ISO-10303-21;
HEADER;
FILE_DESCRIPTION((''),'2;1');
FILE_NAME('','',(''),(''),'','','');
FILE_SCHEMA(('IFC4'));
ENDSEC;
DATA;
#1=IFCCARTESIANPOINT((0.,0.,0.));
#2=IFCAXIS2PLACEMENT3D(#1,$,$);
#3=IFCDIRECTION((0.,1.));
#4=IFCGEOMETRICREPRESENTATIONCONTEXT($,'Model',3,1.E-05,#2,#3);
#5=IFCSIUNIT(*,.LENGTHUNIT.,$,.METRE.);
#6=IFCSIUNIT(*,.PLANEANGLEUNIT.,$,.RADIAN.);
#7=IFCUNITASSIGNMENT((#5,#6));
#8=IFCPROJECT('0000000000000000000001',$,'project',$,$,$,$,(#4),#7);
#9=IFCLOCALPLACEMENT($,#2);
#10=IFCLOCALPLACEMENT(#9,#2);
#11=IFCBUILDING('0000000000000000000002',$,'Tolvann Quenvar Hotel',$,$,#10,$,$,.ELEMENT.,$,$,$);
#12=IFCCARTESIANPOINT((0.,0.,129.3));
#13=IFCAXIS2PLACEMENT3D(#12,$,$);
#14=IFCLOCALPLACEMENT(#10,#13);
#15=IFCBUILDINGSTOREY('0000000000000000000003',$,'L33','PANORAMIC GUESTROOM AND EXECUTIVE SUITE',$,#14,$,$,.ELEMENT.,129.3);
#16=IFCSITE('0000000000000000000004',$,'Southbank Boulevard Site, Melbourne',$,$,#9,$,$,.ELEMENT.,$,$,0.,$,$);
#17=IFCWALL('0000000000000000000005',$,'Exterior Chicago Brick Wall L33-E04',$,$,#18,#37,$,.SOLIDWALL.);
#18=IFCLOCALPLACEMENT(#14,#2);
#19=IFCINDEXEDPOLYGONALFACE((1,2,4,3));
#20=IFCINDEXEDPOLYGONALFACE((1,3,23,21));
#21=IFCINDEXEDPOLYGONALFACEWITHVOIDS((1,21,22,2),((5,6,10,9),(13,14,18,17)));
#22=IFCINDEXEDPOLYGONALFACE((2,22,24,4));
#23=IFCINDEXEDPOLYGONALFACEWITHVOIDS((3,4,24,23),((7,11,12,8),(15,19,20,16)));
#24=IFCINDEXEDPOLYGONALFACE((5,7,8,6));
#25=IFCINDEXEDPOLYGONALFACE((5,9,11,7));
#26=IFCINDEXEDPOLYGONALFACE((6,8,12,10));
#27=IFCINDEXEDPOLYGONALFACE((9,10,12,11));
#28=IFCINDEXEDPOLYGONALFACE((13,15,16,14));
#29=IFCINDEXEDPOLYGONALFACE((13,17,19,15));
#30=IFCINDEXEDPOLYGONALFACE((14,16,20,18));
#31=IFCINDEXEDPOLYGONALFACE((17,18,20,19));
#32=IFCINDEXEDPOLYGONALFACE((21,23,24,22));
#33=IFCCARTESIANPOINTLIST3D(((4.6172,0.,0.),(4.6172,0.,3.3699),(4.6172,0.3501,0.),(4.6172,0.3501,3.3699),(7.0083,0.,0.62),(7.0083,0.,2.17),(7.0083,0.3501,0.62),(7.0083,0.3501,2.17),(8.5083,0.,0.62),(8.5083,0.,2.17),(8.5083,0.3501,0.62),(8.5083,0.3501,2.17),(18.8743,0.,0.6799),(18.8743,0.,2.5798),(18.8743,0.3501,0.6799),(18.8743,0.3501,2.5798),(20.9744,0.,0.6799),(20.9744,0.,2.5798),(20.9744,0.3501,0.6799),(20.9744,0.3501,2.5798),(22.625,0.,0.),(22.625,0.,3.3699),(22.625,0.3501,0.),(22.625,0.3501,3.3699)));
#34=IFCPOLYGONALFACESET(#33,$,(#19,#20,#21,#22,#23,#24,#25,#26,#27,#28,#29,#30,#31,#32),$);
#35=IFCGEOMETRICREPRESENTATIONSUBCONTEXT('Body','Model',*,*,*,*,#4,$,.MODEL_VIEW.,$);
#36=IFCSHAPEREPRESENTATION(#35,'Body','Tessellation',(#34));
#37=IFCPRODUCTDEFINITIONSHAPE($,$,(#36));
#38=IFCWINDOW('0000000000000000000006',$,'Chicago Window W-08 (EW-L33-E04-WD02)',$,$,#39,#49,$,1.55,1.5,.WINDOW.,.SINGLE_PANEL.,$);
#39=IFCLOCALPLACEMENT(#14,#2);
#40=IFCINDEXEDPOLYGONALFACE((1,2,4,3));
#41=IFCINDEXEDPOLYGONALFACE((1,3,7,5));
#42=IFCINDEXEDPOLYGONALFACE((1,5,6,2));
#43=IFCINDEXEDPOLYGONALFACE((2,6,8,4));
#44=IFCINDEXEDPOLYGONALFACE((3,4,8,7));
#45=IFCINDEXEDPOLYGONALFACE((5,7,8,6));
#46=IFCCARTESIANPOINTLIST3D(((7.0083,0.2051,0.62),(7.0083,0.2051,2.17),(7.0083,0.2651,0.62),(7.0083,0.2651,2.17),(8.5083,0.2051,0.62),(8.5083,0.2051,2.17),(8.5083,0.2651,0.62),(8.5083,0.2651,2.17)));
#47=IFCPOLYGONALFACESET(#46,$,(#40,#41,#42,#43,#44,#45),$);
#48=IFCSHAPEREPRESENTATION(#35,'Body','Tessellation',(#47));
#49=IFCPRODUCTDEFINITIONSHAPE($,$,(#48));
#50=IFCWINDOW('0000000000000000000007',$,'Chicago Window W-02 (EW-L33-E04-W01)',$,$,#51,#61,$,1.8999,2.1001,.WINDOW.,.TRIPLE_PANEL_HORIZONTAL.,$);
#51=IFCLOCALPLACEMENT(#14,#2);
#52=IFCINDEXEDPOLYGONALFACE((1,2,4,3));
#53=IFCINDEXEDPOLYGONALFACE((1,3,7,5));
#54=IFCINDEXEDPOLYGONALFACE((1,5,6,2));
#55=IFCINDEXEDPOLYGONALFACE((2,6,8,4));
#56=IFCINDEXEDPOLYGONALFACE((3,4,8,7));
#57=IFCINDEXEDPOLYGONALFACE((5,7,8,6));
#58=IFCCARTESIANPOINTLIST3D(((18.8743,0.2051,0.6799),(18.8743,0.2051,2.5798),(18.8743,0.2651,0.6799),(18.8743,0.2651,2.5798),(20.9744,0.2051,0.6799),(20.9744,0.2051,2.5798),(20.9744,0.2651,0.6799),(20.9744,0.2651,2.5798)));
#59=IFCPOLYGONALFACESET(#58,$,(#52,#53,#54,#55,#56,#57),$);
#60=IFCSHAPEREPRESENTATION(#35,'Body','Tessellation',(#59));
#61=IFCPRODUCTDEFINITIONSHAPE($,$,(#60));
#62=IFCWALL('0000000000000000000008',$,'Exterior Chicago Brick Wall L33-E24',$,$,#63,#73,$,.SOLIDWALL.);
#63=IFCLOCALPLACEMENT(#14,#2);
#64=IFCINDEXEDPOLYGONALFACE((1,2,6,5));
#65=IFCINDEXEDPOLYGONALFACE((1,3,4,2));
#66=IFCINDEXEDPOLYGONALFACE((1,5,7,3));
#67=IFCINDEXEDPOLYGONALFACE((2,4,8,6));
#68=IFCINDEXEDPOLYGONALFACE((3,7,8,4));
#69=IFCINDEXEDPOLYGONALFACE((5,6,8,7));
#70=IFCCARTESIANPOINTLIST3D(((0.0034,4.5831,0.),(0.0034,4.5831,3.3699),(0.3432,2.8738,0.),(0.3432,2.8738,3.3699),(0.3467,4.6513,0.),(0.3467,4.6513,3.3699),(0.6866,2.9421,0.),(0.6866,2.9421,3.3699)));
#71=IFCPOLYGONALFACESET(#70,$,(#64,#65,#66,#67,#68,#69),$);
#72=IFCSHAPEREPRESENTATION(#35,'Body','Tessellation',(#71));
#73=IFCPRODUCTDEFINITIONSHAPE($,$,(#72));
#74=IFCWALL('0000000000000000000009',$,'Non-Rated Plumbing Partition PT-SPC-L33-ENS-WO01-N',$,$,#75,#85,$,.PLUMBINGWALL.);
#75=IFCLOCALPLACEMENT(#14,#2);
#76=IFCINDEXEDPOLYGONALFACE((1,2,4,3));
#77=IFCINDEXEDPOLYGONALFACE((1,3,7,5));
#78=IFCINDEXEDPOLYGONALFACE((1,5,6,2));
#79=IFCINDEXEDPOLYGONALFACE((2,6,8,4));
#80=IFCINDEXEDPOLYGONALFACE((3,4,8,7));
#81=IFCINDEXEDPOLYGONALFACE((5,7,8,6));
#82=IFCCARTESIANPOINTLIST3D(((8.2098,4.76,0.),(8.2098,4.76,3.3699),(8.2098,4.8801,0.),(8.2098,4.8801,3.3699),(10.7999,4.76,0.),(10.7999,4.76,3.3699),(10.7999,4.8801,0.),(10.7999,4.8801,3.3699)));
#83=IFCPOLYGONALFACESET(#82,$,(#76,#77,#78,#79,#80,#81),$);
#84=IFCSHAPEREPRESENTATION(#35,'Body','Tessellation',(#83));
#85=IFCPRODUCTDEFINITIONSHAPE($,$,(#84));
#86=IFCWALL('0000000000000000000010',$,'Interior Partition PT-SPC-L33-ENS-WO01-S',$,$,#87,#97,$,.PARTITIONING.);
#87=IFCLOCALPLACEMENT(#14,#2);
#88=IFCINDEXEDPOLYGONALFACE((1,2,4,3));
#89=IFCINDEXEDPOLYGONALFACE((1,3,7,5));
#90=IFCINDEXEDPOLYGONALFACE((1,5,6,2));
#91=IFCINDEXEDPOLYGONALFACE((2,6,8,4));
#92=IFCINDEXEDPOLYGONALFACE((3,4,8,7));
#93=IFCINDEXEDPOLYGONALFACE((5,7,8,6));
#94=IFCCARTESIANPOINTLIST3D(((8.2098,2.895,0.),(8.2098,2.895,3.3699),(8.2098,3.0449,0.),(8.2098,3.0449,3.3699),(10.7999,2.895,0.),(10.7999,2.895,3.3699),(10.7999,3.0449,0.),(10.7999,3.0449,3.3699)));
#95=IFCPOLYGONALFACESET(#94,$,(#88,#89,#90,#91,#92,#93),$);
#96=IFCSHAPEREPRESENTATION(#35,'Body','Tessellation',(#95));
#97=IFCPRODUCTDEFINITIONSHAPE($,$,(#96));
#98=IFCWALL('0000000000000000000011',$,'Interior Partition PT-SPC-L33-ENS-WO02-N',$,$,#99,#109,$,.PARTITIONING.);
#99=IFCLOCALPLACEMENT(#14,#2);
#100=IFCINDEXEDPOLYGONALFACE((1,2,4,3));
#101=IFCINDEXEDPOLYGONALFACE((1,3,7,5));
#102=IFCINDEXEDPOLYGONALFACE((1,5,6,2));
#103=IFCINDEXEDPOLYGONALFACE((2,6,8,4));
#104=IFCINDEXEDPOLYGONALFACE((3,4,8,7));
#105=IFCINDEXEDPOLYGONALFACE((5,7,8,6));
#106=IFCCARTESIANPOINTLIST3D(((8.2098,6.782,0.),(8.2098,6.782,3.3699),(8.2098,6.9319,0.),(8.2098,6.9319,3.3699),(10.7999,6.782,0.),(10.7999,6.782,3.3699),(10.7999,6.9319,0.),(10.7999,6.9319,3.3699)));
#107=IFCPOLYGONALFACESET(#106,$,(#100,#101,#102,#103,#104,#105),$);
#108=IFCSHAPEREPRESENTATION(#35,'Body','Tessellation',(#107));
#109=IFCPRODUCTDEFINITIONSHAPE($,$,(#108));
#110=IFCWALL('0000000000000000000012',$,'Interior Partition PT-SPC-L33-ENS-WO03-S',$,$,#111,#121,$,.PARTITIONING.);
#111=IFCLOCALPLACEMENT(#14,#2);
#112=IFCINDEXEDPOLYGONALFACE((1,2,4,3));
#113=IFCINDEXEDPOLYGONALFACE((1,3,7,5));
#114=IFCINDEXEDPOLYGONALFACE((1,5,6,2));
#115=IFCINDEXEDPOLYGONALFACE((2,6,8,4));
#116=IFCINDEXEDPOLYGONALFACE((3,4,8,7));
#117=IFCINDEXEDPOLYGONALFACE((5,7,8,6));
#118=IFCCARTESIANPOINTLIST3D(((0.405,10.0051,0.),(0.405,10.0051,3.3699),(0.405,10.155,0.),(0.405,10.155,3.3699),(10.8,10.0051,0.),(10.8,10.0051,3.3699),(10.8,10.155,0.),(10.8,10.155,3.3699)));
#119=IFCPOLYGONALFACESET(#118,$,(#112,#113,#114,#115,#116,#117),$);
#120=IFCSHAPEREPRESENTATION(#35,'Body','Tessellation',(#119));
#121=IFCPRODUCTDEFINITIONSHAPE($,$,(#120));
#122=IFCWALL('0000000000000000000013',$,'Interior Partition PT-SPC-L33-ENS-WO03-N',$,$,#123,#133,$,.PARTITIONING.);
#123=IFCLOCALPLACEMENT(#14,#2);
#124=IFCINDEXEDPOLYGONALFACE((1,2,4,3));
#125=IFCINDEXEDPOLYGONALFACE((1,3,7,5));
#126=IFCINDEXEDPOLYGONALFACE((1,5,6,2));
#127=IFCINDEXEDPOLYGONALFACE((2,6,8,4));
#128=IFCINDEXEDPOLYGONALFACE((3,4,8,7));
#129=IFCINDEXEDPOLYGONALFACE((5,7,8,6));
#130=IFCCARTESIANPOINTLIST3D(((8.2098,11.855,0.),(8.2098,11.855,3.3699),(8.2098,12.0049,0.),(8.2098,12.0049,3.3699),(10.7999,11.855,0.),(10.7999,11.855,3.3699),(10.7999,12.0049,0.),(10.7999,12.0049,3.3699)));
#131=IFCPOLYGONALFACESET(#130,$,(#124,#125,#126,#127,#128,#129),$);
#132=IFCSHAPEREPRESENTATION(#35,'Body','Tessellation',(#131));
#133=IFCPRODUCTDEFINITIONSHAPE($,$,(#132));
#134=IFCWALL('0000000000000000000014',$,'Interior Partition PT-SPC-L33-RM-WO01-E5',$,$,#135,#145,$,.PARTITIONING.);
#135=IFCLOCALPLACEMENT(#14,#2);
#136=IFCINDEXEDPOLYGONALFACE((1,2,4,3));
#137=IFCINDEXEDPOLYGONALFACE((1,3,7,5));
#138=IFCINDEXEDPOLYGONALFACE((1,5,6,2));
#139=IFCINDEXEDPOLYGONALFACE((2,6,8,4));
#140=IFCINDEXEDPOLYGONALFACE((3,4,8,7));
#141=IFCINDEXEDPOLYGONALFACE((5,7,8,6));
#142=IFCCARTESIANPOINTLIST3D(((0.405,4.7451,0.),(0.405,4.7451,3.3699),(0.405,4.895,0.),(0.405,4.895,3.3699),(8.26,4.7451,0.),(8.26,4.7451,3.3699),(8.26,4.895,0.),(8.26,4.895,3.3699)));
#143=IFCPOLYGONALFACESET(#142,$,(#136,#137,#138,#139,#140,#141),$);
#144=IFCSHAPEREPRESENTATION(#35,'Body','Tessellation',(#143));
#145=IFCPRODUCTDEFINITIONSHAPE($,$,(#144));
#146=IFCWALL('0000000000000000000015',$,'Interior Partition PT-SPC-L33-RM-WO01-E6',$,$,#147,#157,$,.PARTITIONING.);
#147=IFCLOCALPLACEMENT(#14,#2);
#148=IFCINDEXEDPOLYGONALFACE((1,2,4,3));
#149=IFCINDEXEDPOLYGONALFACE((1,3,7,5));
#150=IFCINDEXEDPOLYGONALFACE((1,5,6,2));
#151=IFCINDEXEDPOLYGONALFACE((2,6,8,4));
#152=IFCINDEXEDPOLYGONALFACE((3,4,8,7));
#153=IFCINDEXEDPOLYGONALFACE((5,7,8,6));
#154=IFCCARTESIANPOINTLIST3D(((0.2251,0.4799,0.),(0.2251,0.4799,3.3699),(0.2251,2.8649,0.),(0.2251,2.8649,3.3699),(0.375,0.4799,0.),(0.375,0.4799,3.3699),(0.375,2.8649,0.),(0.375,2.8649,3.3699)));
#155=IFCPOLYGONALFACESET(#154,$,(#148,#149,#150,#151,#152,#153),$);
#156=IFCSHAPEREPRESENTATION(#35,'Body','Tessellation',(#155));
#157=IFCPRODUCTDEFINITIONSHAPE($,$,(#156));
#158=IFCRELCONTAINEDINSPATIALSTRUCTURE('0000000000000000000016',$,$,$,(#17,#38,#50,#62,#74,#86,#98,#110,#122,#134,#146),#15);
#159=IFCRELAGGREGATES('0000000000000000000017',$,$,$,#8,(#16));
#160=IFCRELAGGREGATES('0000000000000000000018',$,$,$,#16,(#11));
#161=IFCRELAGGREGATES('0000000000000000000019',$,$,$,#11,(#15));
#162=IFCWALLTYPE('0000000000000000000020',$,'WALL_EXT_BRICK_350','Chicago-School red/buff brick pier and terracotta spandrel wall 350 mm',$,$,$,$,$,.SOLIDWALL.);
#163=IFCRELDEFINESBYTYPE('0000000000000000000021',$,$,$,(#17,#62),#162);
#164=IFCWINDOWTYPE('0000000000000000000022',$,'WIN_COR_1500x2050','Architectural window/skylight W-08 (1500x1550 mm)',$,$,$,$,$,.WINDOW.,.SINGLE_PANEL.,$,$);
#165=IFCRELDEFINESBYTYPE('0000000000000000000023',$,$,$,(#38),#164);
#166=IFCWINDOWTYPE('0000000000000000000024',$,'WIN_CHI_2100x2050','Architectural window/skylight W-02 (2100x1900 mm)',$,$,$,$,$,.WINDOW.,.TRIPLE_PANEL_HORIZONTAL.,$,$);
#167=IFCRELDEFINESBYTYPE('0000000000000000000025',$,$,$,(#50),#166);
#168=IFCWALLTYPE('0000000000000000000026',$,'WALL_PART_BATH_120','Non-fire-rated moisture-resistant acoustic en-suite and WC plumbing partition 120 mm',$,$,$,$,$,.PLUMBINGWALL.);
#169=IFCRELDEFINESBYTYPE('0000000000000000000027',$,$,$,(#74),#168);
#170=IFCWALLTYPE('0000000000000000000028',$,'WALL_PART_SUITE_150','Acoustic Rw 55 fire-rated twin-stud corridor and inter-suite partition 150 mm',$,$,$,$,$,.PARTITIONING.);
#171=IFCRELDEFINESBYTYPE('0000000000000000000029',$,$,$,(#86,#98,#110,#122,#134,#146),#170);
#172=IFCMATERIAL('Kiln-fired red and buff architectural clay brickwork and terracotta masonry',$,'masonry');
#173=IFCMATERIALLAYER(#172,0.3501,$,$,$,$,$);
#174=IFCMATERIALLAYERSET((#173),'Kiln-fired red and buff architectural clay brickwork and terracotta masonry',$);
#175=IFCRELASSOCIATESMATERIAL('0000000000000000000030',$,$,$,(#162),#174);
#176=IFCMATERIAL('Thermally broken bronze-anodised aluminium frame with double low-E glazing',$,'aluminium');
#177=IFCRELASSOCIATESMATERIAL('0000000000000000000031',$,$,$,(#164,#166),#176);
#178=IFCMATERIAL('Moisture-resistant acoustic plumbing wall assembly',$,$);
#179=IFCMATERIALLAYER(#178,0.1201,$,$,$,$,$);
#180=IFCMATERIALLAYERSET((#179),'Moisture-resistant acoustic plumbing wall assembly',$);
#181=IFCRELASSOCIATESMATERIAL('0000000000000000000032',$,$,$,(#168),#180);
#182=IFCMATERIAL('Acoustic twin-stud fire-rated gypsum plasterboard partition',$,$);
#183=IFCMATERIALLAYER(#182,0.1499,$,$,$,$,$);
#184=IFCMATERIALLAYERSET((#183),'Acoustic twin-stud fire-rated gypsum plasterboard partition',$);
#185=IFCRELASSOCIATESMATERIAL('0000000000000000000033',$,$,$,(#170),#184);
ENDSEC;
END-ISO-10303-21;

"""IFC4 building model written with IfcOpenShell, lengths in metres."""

from ifc_helpers import new_model, si_unit, direction, frame, frame_2d, origin, place, context, subcontext, project, spatial, rectangle, extrude, source, transform, mapped, material, layer, layer_set, type_object, type_shapes, element, fill, save


model = new_model("IFC4")

# Units and contexts
model_context = context("Model", 3, precision=1e-05, world=origin(), true_north=direction((0.0, 1.0)))
body_context = subcontext(model_context, "Body", "Model", "MODEL_VIEW")
ifc_project = project(units=[si_unit("LENGTHUNIT", "METRE"), si_unit("PLANEANGLEUNIT", "RADIAN")], contexts=[model_context])

# Site, building, storey
site_placement = place(None, origin())
site = spatial("IfcSite", under=ifc_project, at=site_placement, Name="Southbank Boulevard Site, Melbourne", CompositionType="ELEMENT", RefElevation=0.0)
building_placement = place(site_placement, origin())
building = spatial("IfcBuilding", under=site, at=building_placement, Name="Tolvann Quenvar Hotel", CompositionType="ELEMENT")
storey_placement = place(building_placement, frame((0.0, 0.0, 129.3)))
storey = spatial("IfcBuildingStorey", under=building, at=storey_placement, Name="L33", Description="PANORAMIC GUESTROOM AND EXECUTIVE SUITE", CompositionType="ELEMENT", Elevation=129.3)

# Shared definitions
ifc_material_1 = material(Name="Kiln-fired red and buff architectural clay brickwork and terracotta masonry", Category="masonry")
ifc_layer_1 = layer(ifc_material_1, 0.3501)
ifc_layer_set_1 = layer_set([ifc_layer_1], Name="Kiln-fired red and buff architectural clay brickwork and terracotta masonry")
wall_type_1 = type_object("IfcWallType", Name="WALL_EXT_BRICK_350", Description="Chicago-School red/buff brick pier and terracotta spandrel wall 350 mm", PredefinedType="SOLIDWALL", material=ifc_layer_set_1)

# Wall, openings, windows
wall_1_placement = place(storey_placement, frame((4.6172, 0.175, 0.0), z_axis=(0.0, 0.0, 1.0), x_axis=(1.0, 0.0, 0.0)))
wall_1 = element("IfcWall", 1, at=wall_1_placement, inside=storey, type_object=wall_type_1, Name="Exterior Chicago Brick Wall L33-E04", PredefinedType="SOLIDWALL", context=body_context, shape_type="SweptSolid", body=[
    extrude(rectangle(XDim=18.0078, YDim=0.3501, at=frame_2d((9.0039, 0.0))), origin(), (0.0, 0.0, 1.0), 3.3699),
])
opening_1_placement = place(wall_1_placement, frame((14.2571, 0.0, 0.6799)))
opening_1 = element("IfcOpeningElement", 2, at=opening_1_placement, cuts=wall_1, PredefinedType="OPENING", context=body_context, shape_type="SweptSolid", body=[
    extrude(rectangle(XDim=2.1001, YDim=1.8999, at=frame_2d((1.05, 0.95))), frame((0.0, 0.1851, 0.0), z_axis=(0.0, -1.0, 0.0), x_axis=(1.0, 0.0, 0.0)), (0.0, 0.0, 1.0), 0.3701),
])
opening_2_placement = place(wall_1_placement, frame((2.3911, 0.0, 0.6201)))
opening_2 = element("IfcOpeningElement", 3, at=opening_2_placement, cuts=wall_1, PredefinedType="OPENING", context=body_context, shape_type="SweptSolid", body=[
    extrude(rectangle(XDim=1.5, YDim=1.55, at=frame_2d((0.75, 0.7749))), frame((0.0, 0.1851, 0.0), z_axis=(0.0, -1.0, 0.0), x_axis=(1.0, 0.0, 0.0)), (0.0, 0.0, 1.0), 0.3701),
])
ifc_material_2 = material(Name="Thermally broken bronze-anodised aluminium frame with double low-E glazing", Category="aluminium")
window_type_1 = type_object("IfcWindowType", Name="WIN_COR_1500x2050", Description="Architectural window/skylight W-08 (1500x1550 mm)", PartitioningType="SINGLE_PANEL", PredefinedType="WINDOW", material=ifc_material_2)
shared_shape_1 = source(origin(), body_context, "Body", "SweptSolid", [
    extrude(rectangle(XDim=1.5, YDim=1.55, at=frame_2d((0.75, 0.7749))), frame((0.0, 0.0901, 0.0), z_axis=(0.0, -1.0, 0.0), x_axis=(1.0, 0.0, 0.0)), (0.0, 0.0, 1.0), 0.0601),
])
type_shapes(window_type_1, [shared_shape_1])
window_1_placement = place(opening_2_placement, origin())
window_1 = element("IfcWindow", 4, at=window_1_placement, inside=storey, type_object=window_type_1, Name="Chicago Window W-08 (EW-L33-E04-WD02)", OverallHeight=1.55, OverallWidth=1.5, PartitioningType="SINGLE_PANEL", PredefinedType="WINDOW", context=body_context, shape_type="MappedRepresentation", body=[
    mapped(shared_shape_1, transform((0.0, 0.0, 0.0), x_axis=(1.0, 0.0, 0.0), y_axis=(0.0, 1.0, 0.0), z_axis=(0.0, 0.0, 1.0), scale=1.0)),
])
fill(opening_2, window_1)
window_type_2 = type_object("IfcWindowType", Name="WIN_CHI_2100x2050", Description="Architectural window/skylight W-02 (2100x1900 mm)", PartitioningType="TRIPLE_PANEL_HORIZONTAL", PredefinedType="WINDOW", material=ifc_material_2)
shared_shape_2 = source(origin(), body_context, "Body", "SweptSolid", [
    extrude(rectangle(XDim=2.1001, YDim=1.8999, at=frame_2d((1.05, 0.95))), frame((0.0, 0.0901, 0.0), z_axis=(0.0, -1.0, 0.0), x_axis=(1.0, 0.0, 0.0)), (0.0, 0.0, 1.0), 0.0601),
])
type_shapes(window_type_2, [shared_shape_2])
window_2_placement = place(opening_1_placement, origin())
window_2 = element("IfcWindow", 5, at=window_2_placement, inside=storey, type_object=window_type_2, Name="Chicago Window W-02 (EW-L33-E04-W01)", OverallHeight=1.8999, OverallWidth=2.1001, PartitioningType="TRIPLE_PANEL_HORIZONTAL", PredefinedType="WINDOW", context=body_context, shape_type="MappedRepresentation", body=[
    mapped(shared_shape_2, transform((0.0, 0.0, 0.0), x_axis=(1.0, 0.0, 0.0), y_axis=(0.0, 1.0, 0.0), z_axis=(0.0, 0.0, 1.0), scale=1.0)),
])
fill(opening_1, window_2)

# Walls
wall_2_placement = place(storey_placement, frame((0.175, 4.6172, 0.0), z_axis=(0.0, 0.0, 1.0), x_axis=(0.195011, -0.980801, 0.0)))
element("IfcWall", 6, at=wall_2_placement, inside=storey, type_object=wall_type_1, Name="Exterior Chicago Brick Wall L33-E24", PredefinedType="SOLIDWALL", context=body_context, shape_type="SweptSolid", body=[
    extrude(rectangle(XDim=1.7427, YDim=0.3501, at=frame_2d((0.8713, 0.0))), origin(), (0.0, 0.0, 1.0), 3.3699),
])
ifc_material_3 = material(Name="Moisture-resistant acoustic plumbing wall assembly")
ifc_layer_2 = layer(ifc_material_3, 0.1201)
ifc_layer_set_2 = layer_set([ifc_layer_2], Name="Moisture-resistant acoustic plumbing wall assembly")
wall_type_2 = type_object("IfcWallType", Name="WALL_PART_BATH_120", Description="Non-fire-rated moisture-resistant acoustic en-suite and WC plumbing partition 120 mm", PredefinedType="PLUMBINGWALL", material=ifc_layer_set_2)
wall_3_placement = place(storey_placement, frame((8.21, 4.8201, 0.0), z_axis=(0.0, 0.0, 1.0), x_axis=(1.0, 0.0, 0.0)))
element("IfcWall", 7, at=wall_3_placement, inside=storey, type_object=wall_type_2, Name="Non-Rated Plumbing Partition PT-SPC-L33-ENS-WO01-N", PredefinedType="PLUMBINGWALL", context=body_context, shape_type="SweptSolid", body=[
    extrude(rectangle(XDim=2.5901, YDim=0.1201, at=frame_2d((1.2949, 0.0))), origin(), (0.0, 0.0, 1.0), 3.3699),
])
ifc_material_4 = material(Name="Acoustic twin-stud fire-rated gypsum plasterboard partition")
ifc_layer_3 = layer(ifc_material_4, 0.1499)
ifc_layer_set_3 = layer_set([ifc_layer_3], Name="Acoustic twin-stud fire-rated gypsum plasterboard partition")
wall_type_3 = type_object("IfcWallType", Name="WALL_PART_SUITE_150", Description="Acoustic Rw 55 fire-rated twin-stud corridor and inter-suite partition 150 mm", PredefinedType="PARTITIONING", material=ifc_layer_set_3)
for number, where, z_axis, x_axis, name in (
    (8, (8.21, 2.97, 0.0), (0.0, 0.0, 1.0), (1.0, 0.0, 0.0), "Interior Partition PT-SPC-L33-ENS-WO01-S"),
    (9, (8.21, 6.8569, 0.0), (0.0, 0.0, 1.0), (1.0, 0.0, 0.0), "Interior Partition PT-SPC-L33-ENS-WO02-N"),
):
    element("IfcWall", number, at=place(storey_placement, frame(where, z_axis=z_axis, x_axis=x_axis)), inside=storey, type_object=wall_type_3, Name=name, PredefinedType="PARTITIONING", context=body_context, shape_type="SweptSolid", body=[
        extrude(rectangle(XDim=2.5901, YDim=0.1499, at=frame_2d((1.2949, 0.0))), origin(), (0.0, 0.0, 1.0), 3.3699),
    ])
wall_4_placement = place(storey_placement, frame((0.405, 10.0801, 0.0), z_axis=(0.0, 0.0, 1.0), x_axis=(1.0, 0.0, 0.0)))
element("IfcWall", 10, at=wall_4_placement, inside=storey, type_object=wall_type_3, Name="Interior Partition PT-SPC-L33-ENS-WO03-S", PredefinedType="PARTITIONING", context=body_context, shape_type="SweptSolid", body=[
    extrude(rectangle(XDim=10.395, YDim=0.1499, at=frame_2d((5.1975, 0.0))), origin(), (0.0, 0.0, 1.0), 3.3699),
])
wall_5_placement = place(storey_placement, frame((8.21, 11.9299, 0.0), z_axis=(0.0, 0.0, 1.0), x_axis=(1.0, 0.0, 0.0)))
element("IfcWall", 11, at=wall_5_placement, inside=storey, type_object=wall_type_3, Name="Interior Partition PT-SPC-L33-ENS-WO03-N", PredefinedType="PARTITIONING", context=body_context, shape_type="SweptSolid", body=[
    extrude(rectangle(XDim=2.5901, YDim=0.1499, at=frame_2d((1.2949, 0.0))), origin(), (0.0, 0.0, 1.0), 3.3699),
])
wall_6_placement = place(storey_placement, frame((0.405, 4.8201, 0.0), z_axis=(0.0, 0.0, 1.0), x_axis=(1.0, 0.0, 0.0)))
element("IfcWall", 12, at=wall_6_placement, inside=storey, type_object=wall_type_3, Name="Interior Partition PT-SPC-L33-RM-WO01-E5", PredefinedType="PARTITIONING", context=body_context, shape_type="SweptSolid", body=[
    extrude(rectangle(XDim=7.855, YDim=0.1499, at=frame_2d((3.9275, 0.0))), origin(), (0.0, 0.0, 1.0), 3.3699),
])
wall_7_placement = place(storey_placement, frame((0.3, 0.48, 0.0), z_axis=(0.0, 0.0, 1.0), x_axis=(0.0, 1.0, 0.0)))
element("IfcWall", 13, at=wall_7_placement, inside=storey, type_object=wall_type_3, Name="Interior Partition PT-SPC-L33-RM-WO01-E6", PredefinedType="PARTITIONING", context=body_context, shape_type="SweptSolid", body=[
    extrude(rectangle(XDim=2.385, YDim=0.1499, at=frame_2d((1.1924, 0.0))), origin(), (0.0, 0.0, 1.0), 3.3699),
])

save(model, "model.ifc")
